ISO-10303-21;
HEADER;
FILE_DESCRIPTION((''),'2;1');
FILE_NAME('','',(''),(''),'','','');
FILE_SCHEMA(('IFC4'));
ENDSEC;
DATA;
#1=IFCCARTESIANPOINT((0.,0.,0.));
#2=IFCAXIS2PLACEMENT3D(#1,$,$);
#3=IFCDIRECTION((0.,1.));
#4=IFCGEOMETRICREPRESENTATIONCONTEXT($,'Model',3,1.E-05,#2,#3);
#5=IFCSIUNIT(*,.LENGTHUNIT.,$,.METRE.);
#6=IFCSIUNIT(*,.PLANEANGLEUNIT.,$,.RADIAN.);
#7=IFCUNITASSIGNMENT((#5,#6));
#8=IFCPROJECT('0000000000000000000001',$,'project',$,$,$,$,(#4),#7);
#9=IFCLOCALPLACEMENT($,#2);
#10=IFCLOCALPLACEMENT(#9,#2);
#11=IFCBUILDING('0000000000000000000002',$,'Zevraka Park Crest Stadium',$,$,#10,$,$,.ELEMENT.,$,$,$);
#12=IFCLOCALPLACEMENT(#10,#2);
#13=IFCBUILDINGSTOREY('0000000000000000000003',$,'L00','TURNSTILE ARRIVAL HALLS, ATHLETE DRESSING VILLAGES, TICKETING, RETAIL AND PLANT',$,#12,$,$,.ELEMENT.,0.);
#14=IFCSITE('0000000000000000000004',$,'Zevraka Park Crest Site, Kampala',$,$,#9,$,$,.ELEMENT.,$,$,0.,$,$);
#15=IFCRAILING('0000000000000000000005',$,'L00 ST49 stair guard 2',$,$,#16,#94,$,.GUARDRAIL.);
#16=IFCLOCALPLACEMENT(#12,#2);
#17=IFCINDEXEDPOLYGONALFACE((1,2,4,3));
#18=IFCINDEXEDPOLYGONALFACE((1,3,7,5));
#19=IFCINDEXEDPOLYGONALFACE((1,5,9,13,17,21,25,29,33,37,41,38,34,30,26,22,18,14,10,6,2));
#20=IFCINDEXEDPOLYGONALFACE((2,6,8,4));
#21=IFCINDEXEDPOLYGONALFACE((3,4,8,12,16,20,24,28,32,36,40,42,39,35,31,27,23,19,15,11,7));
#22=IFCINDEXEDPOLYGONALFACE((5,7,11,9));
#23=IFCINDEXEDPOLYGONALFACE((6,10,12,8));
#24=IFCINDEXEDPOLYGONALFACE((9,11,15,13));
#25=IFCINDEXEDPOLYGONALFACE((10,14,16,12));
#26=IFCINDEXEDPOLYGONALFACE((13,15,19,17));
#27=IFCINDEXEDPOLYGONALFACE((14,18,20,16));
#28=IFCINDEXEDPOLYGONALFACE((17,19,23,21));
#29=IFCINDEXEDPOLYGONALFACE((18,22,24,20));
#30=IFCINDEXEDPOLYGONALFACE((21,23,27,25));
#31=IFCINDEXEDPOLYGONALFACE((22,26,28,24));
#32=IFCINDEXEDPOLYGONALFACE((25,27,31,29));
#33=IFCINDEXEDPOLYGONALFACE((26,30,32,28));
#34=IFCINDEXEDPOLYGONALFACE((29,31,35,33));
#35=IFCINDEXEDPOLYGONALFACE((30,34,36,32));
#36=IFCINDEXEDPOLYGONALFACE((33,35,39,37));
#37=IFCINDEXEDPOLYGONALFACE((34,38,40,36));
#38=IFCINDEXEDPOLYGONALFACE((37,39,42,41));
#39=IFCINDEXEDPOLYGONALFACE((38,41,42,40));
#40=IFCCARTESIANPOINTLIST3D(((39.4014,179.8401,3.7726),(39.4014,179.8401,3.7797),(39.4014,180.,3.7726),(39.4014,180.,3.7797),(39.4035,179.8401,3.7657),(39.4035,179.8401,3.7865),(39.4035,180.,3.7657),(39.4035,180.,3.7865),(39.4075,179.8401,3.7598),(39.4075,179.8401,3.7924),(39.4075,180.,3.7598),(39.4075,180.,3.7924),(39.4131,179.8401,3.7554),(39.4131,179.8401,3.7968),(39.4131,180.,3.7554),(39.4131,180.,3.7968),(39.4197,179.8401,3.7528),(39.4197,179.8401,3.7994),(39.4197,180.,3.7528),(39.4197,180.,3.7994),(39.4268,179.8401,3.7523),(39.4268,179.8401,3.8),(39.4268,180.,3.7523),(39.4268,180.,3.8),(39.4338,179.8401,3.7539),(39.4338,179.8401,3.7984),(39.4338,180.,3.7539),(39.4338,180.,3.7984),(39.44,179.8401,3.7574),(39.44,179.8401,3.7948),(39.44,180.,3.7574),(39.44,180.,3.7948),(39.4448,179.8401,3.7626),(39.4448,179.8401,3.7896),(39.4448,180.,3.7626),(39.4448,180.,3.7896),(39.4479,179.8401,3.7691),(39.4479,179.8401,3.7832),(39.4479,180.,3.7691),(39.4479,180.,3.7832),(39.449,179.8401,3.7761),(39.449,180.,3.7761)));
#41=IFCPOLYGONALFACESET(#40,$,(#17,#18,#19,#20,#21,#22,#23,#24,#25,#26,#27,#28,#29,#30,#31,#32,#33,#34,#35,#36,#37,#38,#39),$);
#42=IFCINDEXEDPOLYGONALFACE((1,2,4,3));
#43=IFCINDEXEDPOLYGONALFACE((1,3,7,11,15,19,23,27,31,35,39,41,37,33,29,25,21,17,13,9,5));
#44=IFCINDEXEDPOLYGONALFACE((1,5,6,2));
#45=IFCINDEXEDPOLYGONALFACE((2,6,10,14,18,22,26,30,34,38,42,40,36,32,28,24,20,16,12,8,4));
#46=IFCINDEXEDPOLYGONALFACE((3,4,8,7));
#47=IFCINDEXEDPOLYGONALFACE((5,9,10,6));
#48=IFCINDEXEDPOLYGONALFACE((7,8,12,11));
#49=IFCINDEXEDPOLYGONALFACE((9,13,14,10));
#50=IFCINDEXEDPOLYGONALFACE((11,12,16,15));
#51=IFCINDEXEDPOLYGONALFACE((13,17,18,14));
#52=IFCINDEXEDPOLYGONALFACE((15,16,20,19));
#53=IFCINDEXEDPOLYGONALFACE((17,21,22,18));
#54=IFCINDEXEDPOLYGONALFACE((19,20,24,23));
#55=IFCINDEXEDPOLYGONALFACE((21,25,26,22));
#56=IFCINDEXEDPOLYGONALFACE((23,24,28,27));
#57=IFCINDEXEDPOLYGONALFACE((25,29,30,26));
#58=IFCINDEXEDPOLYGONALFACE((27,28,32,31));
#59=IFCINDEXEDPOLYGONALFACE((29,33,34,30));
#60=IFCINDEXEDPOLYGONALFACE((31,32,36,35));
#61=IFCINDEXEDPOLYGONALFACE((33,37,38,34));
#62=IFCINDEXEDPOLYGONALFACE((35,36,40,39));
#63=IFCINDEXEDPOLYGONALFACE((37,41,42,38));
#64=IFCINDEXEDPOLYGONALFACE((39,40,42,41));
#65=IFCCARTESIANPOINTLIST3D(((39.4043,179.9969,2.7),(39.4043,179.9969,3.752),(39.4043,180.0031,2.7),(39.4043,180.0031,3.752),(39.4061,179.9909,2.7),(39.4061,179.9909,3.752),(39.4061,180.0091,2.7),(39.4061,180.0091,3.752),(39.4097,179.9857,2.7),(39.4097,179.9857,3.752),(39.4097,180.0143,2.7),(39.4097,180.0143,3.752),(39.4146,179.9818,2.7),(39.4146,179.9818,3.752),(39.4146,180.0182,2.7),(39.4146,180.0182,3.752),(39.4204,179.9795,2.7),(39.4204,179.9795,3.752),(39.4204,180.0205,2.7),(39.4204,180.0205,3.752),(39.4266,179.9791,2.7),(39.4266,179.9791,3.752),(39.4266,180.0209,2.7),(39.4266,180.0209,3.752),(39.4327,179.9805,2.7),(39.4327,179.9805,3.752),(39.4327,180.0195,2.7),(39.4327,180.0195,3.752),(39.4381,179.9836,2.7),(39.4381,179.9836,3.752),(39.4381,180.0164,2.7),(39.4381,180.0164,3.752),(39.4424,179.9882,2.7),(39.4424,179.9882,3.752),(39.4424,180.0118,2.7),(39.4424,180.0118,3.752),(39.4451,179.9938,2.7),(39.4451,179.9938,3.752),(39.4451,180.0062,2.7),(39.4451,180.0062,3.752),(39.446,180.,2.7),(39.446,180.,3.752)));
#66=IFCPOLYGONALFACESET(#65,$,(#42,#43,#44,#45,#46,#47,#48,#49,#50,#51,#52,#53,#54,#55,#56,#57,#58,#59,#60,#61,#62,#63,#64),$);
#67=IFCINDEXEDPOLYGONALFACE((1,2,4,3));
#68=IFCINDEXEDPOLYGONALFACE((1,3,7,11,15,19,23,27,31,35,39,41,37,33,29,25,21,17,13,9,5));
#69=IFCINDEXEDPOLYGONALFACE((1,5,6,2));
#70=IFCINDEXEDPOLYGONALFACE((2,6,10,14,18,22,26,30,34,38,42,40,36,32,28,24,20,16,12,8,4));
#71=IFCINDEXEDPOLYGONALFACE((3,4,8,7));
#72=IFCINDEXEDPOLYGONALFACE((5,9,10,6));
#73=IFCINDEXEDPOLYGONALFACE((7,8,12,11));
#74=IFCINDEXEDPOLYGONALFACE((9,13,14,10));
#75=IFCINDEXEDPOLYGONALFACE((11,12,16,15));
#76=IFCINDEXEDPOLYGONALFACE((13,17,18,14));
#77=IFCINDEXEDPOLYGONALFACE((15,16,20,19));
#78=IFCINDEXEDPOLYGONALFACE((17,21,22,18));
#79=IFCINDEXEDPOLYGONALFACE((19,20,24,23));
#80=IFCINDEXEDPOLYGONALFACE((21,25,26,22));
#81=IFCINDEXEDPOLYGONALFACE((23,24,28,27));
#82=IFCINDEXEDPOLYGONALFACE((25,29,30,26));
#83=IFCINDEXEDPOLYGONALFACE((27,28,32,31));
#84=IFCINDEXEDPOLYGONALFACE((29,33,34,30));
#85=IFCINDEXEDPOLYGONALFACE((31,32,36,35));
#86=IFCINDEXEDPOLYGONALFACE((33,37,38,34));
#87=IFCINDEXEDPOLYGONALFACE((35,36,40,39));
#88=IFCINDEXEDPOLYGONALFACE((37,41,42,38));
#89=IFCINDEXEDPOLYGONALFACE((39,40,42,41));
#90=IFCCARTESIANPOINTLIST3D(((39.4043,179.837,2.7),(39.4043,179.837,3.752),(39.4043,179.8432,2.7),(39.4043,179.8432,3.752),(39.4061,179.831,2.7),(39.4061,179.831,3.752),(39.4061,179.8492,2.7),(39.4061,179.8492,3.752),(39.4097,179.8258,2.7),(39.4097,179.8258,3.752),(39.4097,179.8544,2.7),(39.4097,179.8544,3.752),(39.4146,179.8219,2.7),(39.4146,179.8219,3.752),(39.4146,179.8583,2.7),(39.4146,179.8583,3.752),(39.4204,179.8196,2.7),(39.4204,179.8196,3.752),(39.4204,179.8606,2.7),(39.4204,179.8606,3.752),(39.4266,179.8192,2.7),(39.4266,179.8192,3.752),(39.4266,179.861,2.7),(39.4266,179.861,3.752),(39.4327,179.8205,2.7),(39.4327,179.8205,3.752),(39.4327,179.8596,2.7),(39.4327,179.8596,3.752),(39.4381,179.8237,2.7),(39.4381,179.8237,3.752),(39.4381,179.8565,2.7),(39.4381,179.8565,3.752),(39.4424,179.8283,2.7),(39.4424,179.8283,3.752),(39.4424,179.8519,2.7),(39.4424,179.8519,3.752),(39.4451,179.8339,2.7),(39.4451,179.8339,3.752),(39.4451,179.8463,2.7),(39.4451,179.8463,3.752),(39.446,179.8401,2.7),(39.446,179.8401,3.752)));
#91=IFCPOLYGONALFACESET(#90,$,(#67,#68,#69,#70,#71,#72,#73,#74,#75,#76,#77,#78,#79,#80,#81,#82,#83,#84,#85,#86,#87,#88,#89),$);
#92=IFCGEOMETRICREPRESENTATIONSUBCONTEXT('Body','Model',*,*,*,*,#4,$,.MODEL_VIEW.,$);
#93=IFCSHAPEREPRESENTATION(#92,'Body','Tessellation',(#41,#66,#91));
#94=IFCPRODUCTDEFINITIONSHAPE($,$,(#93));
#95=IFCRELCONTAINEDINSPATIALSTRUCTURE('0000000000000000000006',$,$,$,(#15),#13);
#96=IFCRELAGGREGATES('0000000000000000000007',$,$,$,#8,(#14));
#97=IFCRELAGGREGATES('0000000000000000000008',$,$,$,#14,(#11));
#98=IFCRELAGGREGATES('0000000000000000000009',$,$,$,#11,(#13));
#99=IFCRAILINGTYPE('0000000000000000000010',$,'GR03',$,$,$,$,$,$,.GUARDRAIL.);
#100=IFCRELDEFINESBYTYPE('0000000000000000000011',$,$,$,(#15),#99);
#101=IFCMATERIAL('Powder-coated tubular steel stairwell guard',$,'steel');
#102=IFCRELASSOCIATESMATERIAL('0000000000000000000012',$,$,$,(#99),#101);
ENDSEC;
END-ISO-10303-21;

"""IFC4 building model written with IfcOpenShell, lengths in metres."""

from ifc_helpers import new_model, si_unit, direction, frame, origin, origin_2d, place, context, subcontext, project, spatial, circle, extrude, material, type_object, element, save


model = new_model("IFC4")

# Units and contexts
model_context = context("Model", 3, precision=1e-05, world=origin(), true_north=direction((0.0, 1.0)))
body_context = subcontext(model_context, "Body", "Model", "MODEL_VIEW")
ifc_project = project(units=[si_unit("LENGTHUNIT", "METRE"), si_unit("PLANEANGLEUNIT", "RADIAN")], contexts=[model_context])

# Site, building, storey
site_placement = place(None, origin())
site = spatial("IfcSite", under=ifc_project, at=site_placement, Name="Zevraka Park Crest Site, Kampala", CompositionType="ELEMENT", RefElevation=0.0)
building_placement = place(site_placement, origin())
building = spatial("IfcBuilding", under=site, at=building_placement, Name="Zevraka Park Crest Stadium", CompositionType="ELEMENT")
storey_placement = place(building_placement, origin())
storey = spatial("IfcBuildingStorey", under=building, at=storey_placement, Name="L00", Description="TURNSTILE ARRIVAL HALLS, ATHLETE DRESSING VILLAGES, TICKETING, RETAIL AND PLANT", CompositionType="ELEMENT", Elevation=0.0)

# Railing
ifc_material_1 = material(Name="Powder-coated tubular steel stairwell guard", Category="steel")
railing_type_1 = type_object("IfcRailingType", Name="GR03", PredefinedType="GUARDRAIL", material=ifc_material_1)
railing_1_placement = place(storey_placement, frame((39.425, 180.0, 2.7)))
element("IfcRailing", 1, at=railing_1_placement, inside=storey, type_object=railing_type_1, Name="L00 ST49 stair guard 2", PredefinedType="GUARDRAIL", context=body_context, shape_type="SweptSolid", body=[
    extrude(circle(Radius=0.0239, at=origin_2d()), frame((0.0, 0.0, 1.0762), z_axis=(0.0, -1.0, 0.0), x_axis=(1.0, 0.0, 0.0)), (0.0, 0.0, 1.0), 0.1599),
    extrude(circle(Radius=0.021, at=origin_2d()), origin(), (0.0, 0.0, 1.0), 1.052),
    extrude(circle(Radius=0.021, at=origin_2d()), frame((0.0, -0.1599, 0.0)), (0.0, 0.0, 1.0), 1.052),
])

save(model, "model.ifc")
